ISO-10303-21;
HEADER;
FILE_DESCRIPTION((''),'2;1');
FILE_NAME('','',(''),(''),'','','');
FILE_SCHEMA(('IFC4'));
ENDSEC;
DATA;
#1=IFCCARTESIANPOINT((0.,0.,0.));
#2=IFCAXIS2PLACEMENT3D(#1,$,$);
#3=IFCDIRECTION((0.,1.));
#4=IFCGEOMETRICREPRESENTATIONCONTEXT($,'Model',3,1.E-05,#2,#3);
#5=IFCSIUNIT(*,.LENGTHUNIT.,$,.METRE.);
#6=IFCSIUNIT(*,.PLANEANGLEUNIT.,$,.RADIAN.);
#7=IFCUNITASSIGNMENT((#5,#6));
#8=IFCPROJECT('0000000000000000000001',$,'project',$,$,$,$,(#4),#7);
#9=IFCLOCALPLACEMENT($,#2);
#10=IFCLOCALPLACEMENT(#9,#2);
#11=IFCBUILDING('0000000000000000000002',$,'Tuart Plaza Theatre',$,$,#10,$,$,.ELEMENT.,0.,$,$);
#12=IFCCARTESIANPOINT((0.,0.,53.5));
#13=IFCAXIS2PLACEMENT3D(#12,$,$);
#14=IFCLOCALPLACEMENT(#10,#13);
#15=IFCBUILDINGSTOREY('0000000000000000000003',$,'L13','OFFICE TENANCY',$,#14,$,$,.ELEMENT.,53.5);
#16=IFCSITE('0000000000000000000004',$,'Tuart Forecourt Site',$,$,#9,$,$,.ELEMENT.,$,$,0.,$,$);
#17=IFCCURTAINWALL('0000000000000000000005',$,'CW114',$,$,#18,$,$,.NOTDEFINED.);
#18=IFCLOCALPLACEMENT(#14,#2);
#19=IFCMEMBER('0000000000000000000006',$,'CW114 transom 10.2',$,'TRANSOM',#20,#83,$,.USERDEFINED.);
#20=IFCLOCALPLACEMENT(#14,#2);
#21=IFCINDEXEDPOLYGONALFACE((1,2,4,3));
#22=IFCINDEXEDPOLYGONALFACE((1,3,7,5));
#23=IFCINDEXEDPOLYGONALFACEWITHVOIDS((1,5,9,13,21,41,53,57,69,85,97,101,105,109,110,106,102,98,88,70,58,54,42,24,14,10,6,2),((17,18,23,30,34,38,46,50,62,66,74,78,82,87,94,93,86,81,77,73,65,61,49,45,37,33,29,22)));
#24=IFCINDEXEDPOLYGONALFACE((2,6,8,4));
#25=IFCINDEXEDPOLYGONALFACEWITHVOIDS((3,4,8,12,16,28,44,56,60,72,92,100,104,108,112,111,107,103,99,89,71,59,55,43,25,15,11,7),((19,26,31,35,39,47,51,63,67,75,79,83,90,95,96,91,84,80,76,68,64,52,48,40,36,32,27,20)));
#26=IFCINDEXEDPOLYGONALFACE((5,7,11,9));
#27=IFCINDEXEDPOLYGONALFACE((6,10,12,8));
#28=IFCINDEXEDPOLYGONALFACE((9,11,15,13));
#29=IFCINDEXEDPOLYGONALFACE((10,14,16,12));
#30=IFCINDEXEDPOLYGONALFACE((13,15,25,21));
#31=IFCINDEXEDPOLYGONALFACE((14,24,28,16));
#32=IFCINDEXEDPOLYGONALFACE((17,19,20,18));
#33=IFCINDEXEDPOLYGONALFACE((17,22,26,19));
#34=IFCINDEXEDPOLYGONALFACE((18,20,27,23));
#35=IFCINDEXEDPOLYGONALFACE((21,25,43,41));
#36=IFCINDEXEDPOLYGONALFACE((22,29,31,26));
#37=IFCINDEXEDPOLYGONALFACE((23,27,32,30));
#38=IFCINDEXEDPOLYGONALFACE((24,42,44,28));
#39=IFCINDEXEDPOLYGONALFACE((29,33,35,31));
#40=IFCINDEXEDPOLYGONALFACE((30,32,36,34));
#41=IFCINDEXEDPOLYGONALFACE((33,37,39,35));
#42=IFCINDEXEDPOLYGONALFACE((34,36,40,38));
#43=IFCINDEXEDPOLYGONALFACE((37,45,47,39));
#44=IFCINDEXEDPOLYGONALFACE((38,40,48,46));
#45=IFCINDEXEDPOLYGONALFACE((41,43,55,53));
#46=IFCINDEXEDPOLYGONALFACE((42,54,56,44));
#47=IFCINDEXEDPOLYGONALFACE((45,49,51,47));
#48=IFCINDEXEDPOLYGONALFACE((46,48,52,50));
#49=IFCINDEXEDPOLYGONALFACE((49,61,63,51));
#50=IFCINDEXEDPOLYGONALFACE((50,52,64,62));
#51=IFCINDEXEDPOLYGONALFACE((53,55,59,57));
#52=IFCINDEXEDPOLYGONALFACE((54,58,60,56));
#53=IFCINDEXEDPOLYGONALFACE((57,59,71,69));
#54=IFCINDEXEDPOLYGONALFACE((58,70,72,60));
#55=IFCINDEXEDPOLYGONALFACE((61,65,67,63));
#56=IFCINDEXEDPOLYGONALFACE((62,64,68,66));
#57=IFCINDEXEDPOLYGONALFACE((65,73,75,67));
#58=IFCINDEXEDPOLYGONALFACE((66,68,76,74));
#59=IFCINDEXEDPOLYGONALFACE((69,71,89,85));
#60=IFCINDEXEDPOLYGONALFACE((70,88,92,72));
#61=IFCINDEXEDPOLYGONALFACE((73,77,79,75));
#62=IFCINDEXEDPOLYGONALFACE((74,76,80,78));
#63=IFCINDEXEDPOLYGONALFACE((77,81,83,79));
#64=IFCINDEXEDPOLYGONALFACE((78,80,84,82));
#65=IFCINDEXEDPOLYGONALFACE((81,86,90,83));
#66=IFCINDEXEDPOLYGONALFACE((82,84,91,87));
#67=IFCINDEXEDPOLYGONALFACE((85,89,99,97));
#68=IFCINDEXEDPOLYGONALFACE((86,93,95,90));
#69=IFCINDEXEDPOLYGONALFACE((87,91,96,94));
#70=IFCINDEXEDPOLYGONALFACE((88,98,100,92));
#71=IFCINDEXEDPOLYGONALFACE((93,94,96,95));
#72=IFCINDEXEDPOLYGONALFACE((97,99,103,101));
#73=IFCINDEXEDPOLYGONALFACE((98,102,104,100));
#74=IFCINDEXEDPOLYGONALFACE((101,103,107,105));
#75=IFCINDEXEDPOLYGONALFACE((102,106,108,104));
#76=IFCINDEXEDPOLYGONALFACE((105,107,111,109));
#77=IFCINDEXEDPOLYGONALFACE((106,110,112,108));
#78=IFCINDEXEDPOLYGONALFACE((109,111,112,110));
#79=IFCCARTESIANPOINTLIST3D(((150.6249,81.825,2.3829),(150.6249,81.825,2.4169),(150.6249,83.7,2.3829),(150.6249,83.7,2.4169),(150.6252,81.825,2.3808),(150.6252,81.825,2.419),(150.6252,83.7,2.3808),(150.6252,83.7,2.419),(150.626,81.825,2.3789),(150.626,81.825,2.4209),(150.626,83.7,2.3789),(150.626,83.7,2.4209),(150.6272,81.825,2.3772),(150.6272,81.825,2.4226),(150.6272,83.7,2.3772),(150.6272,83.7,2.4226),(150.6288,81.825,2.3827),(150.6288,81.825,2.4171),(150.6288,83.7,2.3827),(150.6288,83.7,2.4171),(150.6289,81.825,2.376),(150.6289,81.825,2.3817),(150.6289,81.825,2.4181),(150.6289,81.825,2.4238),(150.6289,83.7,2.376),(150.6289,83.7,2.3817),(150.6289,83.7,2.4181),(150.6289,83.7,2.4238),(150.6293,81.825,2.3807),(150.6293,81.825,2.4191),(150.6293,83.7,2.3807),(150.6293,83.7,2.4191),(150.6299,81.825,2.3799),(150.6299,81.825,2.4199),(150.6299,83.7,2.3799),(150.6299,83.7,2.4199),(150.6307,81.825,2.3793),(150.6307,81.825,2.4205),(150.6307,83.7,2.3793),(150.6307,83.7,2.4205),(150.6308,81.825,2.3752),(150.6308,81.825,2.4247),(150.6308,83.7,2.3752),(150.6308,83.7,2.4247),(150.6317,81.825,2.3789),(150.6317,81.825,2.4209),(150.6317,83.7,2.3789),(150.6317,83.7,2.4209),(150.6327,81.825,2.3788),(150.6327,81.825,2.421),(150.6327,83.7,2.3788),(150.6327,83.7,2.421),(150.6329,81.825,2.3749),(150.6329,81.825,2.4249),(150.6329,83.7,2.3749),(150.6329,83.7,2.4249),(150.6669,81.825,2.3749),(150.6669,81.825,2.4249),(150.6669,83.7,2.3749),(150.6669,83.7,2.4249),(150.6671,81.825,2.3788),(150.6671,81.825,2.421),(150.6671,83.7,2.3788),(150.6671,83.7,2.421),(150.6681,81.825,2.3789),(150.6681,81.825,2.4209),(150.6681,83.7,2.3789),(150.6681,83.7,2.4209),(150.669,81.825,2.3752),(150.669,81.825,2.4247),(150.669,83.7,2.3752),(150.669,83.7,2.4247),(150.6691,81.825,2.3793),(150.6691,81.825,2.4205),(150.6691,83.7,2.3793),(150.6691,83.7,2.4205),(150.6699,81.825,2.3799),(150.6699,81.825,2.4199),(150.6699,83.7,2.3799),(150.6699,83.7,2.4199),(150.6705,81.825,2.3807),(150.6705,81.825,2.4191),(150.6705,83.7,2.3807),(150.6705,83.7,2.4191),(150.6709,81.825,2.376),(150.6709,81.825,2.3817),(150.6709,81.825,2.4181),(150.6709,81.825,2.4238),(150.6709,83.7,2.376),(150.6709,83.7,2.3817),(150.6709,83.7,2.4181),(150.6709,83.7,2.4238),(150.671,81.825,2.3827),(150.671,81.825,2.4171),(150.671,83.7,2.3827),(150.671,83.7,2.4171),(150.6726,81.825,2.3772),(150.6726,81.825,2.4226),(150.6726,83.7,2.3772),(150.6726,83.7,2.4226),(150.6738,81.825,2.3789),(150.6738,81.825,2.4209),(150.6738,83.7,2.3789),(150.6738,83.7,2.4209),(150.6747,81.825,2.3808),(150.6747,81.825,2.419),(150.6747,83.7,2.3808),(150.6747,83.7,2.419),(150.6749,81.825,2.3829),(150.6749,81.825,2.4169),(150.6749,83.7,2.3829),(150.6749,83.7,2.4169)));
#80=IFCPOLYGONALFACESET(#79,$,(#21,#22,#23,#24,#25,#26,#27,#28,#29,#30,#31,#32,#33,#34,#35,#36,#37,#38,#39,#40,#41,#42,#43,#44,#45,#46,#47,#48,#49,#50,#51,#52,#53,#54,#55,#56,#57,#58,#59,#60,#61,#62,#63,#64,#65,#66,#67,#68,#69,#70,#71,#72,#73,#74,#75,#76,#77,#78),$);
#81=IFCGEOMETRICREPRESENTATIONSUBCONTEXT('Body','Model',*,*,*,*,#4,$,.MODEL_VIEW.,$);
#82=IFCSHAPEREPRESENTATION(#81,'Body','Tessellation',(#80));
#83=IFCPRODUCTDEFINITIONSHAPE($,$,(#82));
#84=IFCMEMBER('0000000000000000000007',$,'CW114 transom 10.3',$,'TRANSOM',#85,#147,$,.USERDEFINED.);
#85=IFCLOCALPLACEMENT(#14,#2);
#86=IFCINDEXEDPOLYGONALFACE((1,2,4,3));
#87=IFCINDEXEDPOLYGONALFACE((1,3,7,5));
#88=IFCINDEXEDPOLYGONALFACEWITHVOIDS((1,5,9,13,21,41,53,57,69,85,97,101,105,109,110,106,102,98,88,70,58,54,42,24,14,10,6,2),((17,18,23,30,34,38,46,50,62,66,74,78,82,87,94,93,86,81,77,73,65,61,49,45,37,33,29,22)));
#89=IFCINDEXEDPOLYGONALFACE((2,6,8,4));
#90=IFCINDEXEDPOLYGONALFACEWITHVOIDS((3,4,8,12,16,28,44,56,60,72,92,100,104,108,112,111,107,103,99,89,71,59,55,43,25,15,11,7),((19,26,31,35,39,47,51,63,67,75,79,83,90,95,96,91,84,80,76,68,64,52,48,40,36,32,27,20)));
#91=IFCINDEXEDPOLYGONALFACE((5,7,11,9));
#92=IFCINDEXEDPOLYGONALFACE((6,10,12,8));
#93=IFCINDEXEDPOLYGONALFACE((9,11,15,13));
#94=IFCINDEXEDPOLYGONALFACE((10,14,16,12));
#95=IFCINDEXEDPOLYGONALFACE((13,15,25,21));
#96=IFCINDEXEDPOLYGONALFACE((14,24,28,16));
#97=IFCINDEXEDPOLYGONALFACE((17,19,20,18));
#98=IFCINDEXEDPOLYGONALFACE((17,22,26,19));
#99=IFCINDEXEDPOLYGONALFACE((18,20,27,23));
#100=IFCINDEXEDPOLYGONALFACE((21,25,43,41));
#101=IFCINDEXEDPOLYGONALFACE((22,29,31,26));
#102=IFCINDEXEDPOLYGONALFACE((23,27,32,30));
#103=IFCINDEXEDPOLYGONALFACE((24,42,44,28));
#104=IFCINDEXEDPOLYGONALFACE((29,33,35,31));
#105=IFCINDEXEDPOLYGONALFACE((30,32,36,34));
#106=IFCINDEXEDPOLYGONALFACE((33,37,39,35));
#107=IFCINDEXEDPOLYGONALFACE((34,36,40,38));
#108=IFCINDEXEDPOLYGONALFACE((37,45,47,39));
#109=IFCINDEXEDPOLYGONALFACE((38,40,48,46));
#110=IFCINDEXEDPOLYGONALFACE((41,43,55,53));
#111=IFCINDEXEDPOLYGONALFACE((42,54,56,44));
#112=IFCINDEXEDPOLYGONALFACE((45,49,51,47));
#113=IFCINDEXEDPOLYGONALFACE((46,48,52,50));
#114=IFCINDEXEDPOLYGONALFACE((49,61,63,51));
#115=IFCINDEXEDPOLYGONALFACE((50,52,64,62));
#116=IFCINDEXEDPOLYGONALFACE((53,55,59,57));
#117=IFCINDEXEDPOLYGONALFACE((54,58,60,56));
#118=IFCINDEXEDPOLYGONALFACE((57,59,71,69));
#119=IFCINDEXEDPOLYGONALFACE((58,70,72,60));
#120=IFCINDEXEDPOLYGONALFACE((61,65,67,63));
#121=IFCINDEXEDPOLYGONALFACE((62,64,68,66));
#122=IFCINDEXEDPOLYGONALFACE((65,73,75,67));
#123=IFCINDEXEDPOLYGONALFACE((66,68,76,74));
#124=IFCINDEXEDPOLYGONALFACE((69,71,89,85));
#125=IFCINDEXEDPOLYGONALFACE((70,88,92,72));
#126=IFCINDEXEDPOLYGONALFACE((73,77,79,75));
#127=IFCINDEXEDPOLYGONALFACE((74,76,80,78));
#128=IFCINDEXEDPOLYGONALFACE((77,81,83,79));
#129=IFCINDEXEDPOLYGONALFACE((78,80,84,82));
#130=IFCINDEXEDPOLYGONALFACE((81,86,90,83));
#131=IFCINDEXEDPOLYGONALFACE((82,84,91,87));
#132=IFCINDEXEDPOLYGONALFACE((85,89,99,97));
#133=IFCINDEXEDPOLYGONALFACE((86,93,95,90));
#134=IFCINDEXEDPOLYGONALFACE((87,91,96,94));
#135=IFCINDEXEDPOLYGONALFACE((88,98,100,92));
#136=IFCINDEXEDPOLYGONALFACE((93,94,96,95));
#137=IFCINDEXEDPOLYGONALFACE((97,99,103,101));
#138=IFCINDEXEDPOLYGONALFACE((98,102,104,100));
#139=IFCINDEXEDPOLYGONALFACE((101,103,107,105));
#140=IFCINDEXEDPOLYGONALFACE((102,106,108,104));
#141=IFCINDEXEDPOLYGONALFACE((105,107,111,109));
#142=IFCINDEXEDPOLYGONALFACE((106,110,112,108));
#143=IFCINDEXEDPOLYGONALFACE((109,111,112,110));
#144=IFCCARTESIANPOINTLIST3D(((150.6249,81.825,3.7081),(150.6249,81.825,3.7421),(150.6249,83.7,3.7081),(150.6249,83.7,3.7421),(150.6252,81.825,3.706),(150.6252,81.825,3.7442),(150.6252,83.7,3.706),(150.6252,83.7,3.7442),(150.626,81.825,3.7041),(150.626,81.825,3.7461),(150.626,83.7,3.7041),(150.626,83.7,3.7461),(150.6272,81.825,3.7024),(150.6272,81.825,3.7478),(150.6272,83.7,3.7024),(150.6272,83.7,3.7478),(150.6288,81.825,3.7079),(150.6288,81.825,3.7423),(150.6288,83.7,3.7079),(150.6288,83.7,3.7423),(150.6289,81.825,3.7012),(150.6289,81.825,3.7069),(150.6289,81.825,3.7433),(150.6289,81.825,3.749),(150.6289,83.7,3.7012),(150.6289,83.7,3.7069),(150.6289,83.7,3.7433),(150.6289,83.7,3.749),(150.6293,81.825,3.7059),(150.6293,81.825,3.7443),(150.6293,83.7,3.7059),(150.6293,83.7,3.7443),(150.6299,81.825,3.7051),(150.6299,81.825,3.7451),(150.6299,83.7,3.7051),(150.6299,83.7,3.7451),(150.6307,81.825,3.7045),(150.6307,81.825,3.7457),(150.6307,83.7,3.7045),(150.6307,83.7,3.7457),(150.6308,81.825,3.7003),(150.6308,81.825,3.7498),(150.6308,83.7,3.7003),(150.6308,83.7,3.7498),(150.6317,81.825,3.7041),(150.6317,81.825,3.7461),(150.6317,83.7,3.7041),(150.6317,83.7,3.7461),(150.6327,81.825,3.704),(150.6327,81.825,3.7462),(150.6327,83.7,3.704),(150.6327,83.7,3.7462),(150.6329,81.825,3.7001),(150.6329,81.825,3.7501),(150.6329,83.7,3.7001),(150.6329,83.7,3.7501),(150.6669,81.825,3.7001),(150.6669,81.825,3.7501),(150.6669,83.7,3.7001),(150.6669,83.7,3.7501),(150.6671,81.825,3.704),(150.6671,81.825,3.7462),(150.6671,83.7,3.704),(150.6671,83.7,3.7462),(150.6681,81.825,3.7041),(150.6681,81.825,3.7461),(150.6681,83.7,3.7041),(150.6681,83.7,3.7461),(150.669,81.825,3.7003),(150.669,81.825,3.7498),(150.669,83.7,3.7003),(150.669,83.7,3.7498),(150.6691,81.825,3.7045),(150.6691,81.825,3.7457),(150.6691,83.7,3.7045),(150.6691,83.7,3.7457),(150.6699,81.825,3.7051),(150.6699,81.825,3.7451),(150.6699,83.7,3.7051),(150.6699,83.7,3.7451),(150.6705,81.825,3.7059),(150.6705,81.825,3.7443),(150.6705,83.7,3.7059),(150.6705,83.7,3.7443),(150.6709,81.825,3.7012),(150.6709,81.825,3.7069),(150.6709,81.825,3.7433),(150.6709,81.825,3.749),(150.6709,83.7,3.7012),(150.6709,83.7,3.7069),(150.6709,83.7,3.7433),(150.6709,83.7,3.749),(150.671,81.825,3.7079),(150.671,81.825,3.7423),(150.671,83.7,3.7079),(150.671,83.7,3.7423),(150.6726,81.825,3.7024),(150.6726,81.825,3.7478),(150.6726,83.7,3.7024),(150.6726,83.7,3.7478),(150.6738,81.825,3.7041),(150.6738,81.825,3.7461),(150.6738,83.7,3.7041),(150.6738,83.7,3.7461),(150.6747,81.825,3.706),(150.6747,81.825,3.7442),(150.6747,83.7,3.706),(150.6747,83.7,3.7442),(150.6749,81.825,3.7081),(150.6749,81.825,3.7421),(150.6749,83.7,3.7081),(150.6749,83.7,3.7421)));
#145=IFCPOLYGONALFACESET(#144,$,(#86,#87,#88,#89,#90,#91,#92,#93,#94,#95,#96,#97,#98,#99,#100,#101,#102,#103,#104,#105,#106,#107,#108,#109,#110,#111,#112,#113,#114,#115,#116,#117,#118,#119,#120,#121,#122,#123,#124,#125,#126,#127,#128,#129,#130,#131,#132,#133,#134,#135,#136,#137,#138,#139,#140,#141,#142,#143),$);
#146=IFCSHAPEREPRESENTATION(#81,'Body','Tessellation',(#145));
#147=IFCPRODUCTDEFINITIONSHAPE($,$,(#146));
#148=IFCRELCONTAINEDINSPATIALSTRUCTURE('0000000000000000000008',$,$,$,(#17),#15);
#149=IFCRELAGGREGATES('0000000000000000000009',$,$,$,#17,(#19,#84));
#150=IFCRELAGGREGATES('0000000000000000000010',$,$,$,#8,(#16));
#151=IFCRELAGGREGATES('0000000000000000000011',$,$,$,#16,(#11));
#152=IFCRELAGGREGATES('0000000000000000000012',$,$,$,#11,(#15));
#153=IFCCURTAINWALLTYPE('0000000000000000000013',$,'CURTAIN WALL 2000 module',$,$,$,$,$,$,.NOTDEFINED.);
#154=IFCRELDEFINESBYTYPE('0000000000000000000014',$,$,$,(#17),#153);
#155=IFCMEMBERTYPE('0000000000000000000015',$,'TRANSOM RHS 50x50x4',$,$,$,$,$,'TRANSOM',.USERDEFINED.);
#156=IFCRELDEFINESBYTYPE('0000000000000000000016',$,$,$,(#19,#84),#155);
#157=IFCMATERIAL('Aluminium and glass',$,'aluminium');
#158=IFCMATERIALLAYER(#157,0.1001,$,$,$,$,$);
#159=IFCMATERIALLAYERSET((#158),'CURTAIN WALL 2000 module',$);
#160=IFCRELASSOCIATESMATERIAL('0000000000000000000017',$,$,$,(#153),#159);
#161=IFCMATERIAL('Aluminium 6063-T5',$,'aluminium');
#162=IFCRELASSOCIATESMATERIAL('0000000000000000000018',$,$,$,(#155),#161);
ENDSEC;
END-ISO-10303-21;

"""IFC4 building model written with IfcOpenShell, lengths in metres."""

from ifc_helpers import new_model, si_unit, direction, frame, origin, origin_2d, place, context, subcontext, project, spatial, hollow_rectangle, extrude, material, layer, layer_set, material_profile, profile_set, type_object, element, aggregate, save


model = new_model("IFC4")

# Units and contexts
model_context = context("Model", 3, precision=1e-05, world=origin(), true_north=direction((0.0, 1.0)))
body_context = subcontext(model_context, "Body", "Model", "MODEL_VIEW")
ifc_project = project(units=[si_unit("LENGTHUNIT", "METRE"), si_unit("PLANEANGLEUNIT", "RADIAN")], contexts=[model_context])

# Site, building, storey
site_placement = place(None, origin())
site = spatial("IfcSite", under=ifc_project, at=site_placement, Name="Tuart Forecourt Site", CompositionType="ELEMENT", RefElevation=0.0)
building_placement = place(site_placement, origin())
building = spatial("IfcBuilding", under=site, at=building_placement, Name="Tuart Plaza Theatre", CompositionType="ELEMENT", ElevationOfRefHeight=0.0)
storey_placement = place(building_placement, frame((0.0, 0.0, 53.5)))
storey = spatial("IfcBuildingStorey", under=building, at=storey_placement, Name="L13", Description="OFFICE TENANCY", CompositionType="ELEMENT", Elevation=53.5)

# Curtain wall
ifc_material_1 = material(Name="Aluminium and glass", Category="aluminium")
ifc_layer_1 = layer(ifc_material_1, 0.1001)
ifc_layer_set_1 = layer_set([ifc_layer_1], Name="CURTAIN WALL 2000 module")
curtain_wall_type = type_object("IfcCurtainWallType", Name="CURTAIN WALL 2000 module", PredefinedType="NOTDEFINED", material=ifc_layer_set_1)
curtain_wall_1_placement = place(storey_placement, origin())
curtain_wall_1 = element("IfcCurtainWall", 1, at=curtain_wall_1_placement, inside=storey, type_object=curtain_wall_type, Name="CW114", PredefinedType="NOTDEFINED")

# Members
ifc_material_2 = material(Name="Aluminium 6063-T5", Category="aluminium")
ifc_material_profile_1 = material_profile(ifc_material_2, hollow_rectangle(XDim=0.05, YDim=0.05, WallThickness=0.0039, InnerFilletRadius=0.0039, OuterFilletRadius=0.0081, at=origin_2d()), Name="RHS 50x50x4")
ifc_profile_set_1 = profile_set([ifc_material_profile_1], Name="Aluminium 6063-T5")
member_type_1 = type_object("IfcMemberType", Name="TRANSOM RHS 50x50x4", ElementType="TRANSOM", PredefinedType="USERDEFINED", material=ifc_profile_set_1)
member_1_placement = place(storey_placement, frame((150.6499, 81.825, 2.3999), z_axis=(0.0, 1.0, 0.0), x_axis=(-1.0, 0.0, 0.0)))
member_1 = element("IfcMember", 2, at=member_1_placement, type_object=member_type_1, Name="CW114 transom 10.2", ObjectType="TRANSOM", PredefinedType="USERDEFINED", context=body_context, shape_type="SweptSolid", body=[
    extrude(hollow_rectangle(XDim=0.05, YDim=0.05, WallThickness=0.0039, InnerFilletRadius=0.0039, OuterFilletRadius=0.0081, at=origin_2d()), origin(), (0.0, 0.0, 1.0), 1.875),
])
member_2_placement = place(storey_placement, frame((150.6499, 81.825, 3.7251), z_axis=(0.0, 1.0, 0.0), x_axis=(-1.0, 0.0, 0.0)))
member_2 = element("IfcMember", 3, at=member_2_placement, type_object=member_type_1, Name="CW114 transom 10.3", ObjectType="TRANSOM", PredefinedType="USERDEFINED", context=body_context, shape_type="SweptSolid", body=[
    extrude(hollow_rectangle(XDim=0.05, YDim=0.05, WallThickness=0.0039, InnerFilletRadius=0.0039, OuterFilletRadius=0.0081, at=origin_2d()), origin(), (0.0, 0.0, 1.0), 1.875),
])

aggregate(curtain_wall_1, [member_1, member_2])

save(model, "model.ifc")
